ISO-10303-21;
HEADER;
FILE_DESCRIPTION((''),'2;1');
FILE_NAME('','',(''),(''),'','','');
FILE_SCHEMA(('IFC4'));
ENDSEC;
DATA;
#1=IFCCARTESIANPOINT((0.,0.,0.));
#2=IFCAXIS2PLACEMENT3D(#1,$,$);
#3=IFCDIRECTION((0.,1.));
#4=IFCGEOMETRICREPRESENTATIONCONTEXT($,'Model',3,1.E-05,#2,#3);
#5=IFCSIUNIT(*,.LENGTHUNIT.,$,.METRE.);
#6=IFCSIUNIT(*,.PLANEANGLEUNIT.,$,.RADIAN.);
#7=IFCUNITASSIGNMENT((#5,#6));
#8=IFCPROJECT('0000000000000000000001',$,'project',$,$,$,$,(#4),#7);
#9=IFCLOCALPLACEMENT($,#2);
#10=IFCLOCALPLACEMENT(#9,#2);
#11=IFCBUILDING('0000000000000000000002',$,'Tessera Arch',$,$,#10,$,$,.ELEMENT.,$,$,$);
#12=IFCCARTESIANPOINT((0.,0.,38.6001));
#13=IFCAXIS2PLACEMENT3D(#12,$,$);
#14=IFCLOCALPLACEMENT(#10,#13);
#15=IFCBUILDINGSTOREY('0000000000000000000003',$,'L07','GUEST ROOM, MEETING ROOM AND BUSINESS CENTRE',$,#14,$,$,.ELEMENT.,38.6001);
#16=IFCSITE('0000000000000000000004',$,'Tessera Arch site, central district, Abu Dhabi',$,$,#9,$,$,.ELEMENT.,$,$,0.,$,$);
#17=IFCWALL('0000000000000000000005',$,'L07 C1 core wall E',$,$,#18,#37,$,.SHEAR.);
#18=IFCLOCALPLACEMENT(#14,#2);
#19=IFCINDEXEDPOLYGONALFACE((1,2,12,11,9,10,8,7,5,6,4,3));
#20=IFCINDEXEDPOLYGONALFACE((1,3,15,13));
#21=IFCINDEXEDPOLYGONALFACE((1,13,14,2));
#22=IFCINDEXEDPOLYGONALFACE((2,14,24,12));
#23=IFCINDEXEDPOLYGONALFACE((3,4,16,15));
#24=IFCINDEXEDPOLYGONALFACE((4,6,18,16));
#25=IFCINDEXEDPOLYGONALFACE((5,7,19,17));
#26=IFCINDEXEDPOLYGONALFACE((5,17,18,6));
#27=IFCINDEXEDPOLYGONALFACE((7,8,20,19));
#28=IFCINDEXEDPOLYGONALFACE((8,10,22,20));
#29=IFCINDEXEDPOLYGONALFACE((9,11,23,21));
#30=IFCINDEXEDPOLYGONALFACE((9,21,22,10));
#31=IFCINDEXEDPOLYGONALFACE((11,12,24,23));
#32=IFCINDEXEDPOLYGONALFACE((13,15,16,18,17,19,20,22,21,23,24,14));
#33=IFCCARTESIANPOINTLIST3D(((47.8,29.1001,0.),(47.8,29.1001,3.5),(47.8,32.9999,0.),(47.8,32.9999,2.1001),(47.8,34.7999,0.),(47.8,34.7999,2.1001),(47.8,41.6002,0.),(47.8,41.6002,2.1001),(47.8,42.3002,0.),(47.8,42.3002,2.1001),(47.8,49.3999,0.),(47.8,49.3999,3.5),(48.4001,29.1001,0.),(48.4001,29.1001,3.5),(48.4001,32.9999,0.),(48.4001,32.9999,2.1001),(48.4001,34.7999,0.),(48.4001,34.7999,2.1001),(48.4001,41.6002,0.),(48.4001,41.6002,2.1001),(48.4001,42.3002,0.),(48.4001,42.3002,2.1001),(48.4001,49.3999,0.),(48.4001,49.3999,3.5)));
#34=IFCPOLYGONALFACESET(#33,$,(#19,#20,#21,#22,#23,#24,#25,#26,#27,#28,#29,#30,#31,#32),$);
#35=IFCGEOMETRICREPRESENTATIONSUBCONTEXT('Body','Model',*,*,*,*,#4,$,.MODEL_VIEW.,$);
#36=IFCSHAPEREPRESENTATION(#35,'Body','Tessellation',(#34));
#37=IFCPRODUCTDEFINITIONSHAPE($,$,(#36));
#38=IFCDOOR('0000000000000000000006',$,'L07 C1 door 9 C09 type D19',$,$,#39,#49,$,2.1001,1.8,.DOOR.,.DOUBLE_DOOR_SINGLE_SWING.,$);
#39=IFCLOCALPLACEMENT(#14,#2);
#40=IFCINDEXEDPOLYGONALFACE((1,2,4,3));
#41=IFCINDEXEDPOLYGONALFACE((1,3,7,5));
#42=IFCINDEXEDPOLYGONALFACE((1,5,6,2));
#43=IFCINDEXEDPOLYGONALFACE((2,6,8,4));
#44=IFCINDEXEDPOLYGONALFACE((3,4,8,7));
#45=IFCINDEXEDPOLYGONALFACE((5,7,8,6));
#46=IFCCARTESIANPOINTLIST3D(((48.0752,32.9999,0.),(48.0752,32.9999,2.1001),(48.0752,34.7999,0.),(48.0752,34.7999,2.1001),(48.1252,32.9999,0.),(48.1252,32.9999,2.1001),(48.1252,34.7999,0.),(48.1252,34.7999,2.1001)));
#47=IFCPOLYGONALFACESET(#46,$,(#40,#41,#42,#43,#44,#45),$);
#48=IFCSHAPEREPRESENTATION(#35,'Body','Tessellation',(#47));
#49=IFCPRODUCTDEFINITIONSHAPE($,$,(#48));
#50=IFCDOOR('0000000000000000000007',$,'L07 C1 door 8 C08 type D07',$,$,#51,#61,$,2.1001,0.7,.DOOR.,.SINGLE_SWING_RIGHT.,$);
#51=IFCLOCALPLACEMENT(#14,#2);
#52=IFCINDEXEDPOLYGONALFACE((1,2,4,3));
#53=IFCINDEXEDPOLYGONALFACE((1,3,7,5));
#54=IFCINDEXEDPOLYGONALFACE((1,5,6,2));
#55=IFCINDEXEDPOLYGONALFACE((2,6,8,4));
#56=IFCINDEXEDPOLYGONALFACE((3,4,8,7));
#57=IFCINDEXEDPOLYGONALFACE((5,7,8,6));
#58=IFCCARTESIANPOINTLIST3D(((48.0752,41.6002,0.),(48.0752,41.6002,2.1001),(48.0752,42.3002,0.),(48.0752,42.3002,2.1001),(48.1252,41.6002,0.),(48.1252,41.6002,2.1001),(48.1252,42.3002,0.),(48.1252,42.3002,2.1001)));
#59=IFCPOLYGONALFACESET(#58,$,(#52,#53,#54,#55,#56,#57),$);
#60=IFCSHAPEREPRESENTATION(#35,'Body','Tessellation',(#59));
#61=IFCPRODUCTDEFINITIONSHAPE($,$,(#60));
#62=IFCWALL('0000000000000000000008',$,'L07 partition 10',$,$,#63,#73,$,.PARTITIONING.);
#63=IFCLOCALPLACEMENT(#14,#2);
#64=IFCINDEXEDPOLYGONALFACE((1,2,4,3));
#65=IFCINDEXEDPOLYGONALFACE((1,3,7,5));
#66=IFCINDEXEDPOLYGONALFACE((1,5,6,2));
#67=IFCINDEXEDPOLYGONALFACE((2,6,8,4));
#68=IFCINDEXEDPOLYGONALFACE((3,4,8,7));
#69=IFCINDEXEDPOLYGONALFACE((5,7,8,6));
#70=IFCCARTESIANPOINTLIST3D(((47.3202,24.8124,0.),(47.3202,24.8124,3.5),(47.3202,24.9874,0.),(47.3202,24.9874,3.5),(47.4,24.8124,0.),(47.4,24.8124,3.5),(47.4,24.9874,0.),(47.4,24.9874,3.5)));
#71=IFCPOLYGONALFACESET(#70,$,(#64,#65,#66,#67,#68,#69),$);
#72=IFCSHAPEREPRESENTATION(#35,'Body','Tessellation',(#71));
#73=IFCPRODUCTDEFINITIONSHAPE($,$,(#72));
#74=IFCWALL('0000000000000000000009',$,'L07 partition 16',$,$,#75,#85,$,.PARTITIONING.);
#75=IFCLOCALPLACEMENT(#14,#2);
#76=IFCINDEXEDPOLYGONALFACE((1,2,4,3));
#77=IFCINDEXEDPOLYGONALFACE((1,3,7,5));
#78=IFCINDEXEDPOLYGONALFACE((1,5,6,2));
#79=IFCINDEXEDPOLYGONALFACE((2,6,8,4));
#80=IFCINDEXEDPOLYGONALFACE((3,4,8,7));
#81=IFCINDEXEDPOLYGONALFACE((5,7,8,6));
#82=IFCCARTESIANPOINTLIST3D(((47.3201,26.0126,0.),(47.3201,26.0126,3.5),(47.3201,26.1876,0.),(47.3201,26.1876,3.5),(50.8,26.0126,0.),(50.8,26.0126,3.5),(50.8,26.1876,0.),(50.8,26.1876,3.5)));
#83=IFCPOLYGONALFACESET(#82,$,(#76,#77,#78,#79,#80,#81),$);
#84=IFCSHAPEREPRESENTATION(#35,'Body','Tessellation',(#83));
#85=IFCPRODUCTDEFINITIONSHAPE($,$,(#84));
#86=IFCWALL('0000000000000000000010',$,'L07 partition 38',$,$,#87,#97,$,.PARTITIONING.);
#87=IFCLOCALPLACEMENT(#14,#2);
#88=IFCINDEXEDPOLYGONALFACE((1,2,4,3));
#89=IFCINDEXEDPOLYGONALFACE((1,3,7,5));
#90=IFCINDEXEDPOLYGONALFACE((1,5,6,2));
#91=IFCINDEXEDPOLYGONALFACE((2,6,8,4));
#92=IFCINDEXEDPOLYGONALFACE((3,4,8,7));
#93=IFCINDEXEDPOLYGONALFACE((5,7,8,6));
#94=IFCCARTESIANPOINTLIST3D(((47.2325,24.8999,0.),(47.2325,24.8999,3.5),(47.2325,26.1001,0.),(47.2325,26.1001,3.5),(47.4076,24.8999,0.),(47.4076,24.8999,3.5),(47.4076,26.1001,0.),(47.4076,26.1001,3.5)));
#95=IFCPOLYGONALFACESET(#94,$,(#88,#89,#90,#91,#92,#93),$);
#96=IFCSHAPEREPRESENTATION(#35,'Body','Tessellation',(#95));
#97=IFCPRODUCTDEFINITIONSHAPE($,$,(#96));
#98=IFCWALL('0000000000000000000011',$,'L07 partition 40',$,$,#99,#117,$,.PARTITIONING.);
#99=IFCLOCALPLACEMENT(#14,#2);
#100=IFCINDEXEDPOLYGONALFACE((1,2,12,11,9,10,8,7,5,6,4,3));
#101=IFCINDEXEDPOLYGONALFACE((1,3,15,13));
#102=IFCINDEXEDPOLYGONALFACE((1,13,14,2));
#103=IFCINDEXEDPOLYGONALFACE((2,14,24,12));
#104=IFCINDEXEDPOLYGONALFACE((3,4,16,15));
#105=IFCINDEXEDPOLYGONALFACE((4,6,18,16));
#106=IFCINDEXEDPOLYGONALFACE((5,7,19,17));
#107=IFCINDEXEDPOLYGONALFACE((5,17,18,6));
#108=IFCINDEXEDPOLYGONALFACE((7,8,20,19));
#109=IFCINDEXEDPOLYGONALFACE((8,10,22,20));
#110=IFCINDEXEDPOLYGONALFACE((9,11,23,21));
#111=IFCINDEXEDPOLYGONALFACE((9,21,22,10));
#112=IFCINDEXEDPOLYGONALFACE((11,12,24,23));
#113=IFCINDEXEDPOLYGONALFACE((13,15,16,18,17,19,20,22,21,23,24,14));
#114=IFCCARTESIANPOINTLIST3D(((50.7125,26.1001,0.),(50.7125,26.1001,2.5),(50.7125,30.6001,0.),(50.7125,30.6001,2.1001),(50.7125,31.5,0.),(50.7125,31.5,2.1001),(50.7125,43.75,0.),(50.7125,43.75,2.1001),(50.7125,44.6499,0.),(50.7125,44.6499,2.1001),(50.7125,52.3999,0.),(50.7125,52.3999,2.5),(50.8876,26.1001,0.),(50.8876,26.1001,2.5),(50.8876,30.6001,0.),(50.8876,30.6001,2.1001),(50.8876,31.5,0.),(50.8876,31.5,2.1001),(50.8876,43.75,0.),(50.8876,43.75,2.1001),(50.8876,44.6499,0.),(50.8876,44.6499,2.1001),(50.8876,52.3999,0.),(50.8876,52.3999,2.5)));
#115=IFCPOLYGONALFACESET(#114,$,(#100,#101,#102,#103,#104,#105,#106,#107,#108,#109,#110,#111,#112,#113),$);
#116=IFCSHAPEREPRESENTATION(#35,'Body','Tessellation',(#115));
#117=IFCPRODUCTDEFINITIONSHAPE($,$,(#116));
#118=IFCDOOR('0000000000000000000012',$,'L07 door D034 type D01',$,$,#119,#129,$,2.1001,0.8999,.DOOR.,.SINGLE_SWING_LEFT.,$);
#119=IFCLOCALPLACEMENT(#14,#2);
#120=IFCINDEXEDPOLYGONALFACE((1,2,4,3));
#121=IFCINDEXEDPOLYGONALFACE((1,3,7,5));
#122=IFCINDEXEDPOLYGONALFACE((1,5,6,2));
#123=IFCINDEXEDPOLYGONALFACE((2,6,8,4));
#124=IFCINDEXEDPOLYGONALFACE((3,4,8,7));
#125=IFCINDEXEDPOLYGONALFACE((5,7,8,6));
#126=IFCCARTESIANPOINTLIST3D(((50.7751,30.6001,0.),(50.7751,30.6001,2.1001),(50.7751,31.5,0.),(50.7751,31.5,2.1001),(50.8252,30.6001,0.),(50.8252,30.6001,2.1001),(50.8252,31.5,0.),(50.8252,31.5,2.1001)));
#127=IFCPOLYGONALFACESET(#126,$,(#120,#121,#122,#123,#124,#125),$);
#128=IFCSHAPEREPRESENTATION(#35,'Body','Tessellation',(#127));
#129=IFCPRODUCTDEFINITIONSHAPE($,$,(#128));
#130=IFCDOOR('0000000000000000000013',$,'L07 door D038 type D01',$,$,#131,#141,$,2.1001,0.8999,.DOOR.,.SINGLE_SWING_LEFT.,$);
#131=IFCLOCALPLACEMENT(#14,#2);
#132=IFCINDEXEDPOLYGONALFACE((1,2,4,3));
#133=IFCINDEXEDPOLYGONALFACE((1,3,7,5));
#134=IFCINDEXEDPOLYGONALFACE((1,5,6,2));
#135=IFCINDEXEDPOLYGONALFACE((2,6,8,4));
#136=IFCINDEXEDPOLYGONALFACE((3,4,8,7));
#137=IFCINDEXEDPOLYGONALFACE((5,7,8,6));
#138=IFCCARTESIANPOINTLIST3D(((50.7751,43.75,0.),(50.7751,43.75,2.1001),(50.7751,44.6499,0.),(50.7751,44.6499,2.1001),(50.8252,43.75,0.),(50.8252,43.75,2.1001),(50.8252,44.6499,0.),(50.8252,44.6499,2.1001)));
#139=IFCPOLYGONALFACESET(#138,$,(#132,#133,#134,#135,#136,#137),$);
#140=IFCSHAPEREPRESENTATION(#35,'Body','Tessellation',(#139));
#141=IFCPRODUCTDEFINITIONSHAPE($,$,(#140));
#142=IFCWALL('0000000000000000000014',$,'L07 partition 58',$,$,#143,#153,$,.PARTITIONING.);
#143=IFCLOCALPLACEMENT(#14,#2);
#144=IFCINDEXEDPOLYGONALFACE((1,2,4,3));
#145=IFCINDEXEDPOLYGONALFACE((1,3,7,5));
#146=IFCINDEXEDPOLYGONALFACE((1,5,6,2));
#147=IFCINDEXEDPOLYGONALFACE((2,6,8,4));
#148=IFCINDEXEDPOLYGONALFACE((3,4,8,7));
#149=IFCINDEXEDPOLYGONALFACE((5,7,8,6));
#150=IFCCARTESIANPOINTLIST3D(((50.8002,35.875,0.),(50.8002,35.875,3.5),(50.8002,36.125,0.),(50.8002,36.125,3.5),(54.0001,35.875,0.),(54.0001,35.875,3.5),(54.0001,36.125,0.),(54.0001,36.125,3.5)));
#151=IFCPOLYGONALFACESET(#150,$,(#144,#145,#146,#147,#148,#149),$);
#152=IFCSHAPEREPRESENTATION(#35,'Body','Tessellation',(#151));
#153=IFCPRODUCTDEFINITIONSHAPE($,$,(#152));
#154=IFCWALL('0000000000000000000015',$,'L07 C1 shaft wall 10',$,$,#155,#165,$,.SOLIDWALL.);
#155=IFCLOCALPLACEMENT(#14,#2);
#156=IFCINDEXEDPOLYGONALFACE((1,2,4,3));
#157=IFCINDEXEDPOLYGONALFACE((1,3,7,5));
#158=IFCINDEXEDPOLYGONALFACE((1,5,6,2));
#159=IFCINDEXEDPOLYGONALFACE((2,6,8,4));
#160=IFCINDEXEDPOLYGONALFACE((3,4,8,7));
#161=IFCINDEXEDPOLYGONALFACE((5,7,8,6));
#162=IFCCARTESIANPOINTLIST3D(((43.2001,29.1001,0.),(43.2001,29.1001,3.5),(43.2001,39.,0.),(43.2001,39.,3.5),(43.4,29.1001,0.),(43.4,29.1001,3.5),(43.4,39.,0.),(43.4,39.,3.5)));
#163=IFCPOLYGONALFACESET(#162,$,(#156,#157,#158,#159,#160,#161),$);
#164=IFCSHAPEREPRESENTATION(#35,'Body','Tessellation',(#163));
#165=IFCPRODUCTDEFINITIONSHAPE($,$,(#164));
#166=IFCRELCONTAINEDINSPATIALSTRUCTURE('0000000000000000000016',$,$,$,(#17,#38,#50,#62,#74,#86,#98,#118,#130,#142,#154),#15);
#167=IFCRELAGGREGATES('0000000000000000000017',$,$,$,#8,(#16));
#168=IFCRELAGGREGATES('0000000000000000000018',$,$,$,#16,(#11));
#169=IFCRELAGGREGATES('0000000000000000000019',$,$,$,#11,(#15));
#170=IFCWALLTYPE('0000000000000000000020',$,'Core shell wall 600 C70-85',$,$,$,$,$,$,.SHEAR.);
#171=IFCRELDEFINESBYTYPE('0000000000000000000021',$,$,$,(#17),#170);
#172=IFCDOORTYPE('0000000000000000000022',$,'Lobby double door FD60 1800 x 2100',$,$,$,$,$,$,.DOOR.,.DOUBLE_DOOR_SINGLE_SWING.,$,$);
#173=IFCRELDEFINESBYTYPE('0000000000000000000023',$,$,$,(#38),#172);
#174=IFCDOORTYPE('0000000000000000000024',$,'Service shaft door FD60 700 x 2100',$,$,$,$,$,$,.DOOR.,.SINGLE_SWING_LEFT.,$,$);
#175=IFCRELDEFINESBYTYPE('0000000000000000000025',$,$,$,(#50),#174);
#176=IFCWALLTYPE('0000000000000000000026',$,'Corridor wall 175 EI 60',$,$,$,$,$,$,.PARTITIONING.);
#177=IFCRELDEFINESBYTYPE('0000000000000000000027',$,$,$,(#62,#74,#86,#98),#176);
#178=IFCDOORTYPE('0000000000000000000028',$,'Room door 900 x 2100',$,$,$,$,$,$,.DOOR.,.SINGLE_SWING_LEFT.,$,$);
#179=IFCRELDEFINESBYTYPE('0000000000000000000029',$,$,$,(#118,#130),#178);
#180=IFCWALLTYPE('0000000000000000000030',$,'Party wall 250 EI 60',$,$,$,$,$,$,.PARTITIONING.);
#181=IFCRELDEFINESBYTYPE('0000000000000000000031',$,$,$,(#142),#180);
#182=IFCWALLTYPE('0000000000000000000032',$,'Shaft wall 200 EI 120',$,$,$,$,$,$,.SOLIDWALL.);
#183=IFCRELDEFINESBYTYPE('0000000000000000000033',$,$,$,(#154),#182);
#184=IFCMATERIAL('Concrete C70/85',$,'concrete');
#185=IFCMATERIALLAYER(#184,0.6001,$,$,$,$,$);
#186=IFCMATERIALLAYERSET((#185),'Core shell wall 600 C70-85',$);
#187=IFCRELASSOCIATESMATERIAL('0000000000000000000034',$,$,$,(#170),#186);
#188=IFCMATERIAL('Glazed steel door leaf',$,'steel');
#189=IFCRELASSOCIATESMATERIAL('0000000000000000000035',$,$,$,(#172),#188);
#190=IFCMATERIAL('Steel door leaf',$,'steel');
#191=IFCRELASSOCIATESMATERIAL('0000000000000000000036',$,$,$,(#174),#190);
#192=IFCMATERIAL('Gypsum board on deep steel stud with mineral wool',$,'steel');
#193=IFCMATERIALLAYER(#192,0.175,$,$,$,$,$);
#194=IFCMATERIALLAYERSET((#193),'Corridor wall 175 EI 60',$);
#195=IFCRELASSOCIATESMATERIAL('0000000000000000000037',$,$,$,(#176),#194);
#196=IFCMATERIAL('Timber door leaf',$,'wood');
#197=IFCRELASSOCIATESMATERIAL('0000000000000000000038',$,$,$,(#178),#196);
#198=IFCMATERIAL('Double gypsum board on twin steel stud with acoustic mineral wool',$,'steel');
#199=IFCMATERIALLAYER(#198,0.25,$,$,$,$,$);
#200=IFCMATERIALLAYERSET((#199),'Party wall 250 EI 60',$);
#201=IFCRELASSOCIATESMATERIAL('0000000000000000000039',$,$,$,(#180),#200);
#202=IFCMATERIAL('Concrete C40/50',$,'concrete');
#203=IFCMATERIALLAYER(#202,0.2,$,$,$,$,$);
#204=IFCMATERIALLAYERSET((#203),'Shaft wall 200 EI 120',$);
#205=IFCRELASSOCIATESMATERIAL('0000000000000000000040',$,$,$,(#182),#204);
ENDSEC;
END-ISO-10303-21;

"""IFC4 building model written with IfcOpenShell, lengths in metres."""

from ifc_helpers import new_model, si_unit, direction, frame, frame_2d, origin, place, context, subcontext, project, spatial, rectangle, extrude, material, layer, layer_set, type_object, element, fill, save


model = new_model("IFC4")

# Units and contexts
model_context = context("Model", 3, precision=1e-05, world=origin(), true_north=direction((0.0, 1.0)))
body_context = subcontext(model_context, "Body", "Model", "MODEL_VIEW")
ifc_project = project(units=[si_unit("LENGTHUNIT", "METRE"), si_unit("PLANEANGLEUNIT", "RADIAN")], contexts=[model_context])

# Site, building, storey
site_placement = place(None, origin())
site = spatial("IfcSite", under=ifc_project, at=site_placement, Name="Tessera Arch site, central district, Abu Dhabi", CompositionType="ELEMENT", RefElevation=0.0)
building_placement = place(site_placement, origin())
building = spatial("IfcBuilding", under=site, at=building_placement, Name="Tessera Arch", CompositionType="ELEMENT")
storey_placement = place(building_placement, frame((0.0, 0.0, 38.6001)))
storey = spatial("IfcBuildingStorey", under=building, at=storey_placement, Name="L07", Description="GUEST ROOM, MEETING ROOM AND BUSINESS CENTRE", CompositionType="ELEMENT", Elevation=38.6001)

# Wall, openings, doors
ifc_material_1 = material(Name="Concrete C70/85", Category="concrete")
ifc_layer_1 = layer(ifc_material_1, 0.6001)
ifc_layer_set_1 = layer_set([ifc_layer_1], Name="Core shell wall 600 C70-85")
wall_type_1 = type_object("IfcWallType", Name="Core shell wall 600 C70-85", PredefinedType="SHEAR", material=ifc_layer_set_1)
wall_1_placement = place(storey_placement, frame((48.1001, 29.1001, 0.0), z_axis=(0.0, 0.0, 1.0), x_axis=(0.0, 1.0, 0.0)))
wall_1 = element("IfcWall", 1, at=wall_1_placement, inside=storey, type_object=wall_type_1, Name="L07 C1 core wall E", PredefinedType="SHEAR", context=body_context, shape_type="SweptSolid", body=[
    extrude(rectangle(XDim=20.2998, YDim=0.6001, at=frame_2d((10.1499, 0.0))), origin(), (0.0, 0.0, 1.0), 3.5),
])
opening_1_placement = place(wall_1_placement, frame((12.5, 0.0, 0.0)))
opening_1 = element("IfcOpeningElement", 2, at=opening_1_placement, cuts=wall_1, PredefinedType="OPENING", context=body_context, shape_type="SweptSolid", body=[
    extrude(rectangle(XDim=0.7, YDim=2.1001, at=frame_2d((0.3501, 1.05))), frame((0.0, 0.3101, 0.0), z_axis=(0.0, -1.0, 0.0), x_axis=(1.0, 0.0, 0.0)), (0.0, 0.0, 1.0), 0.6201),
])
opening_2_placement = place(wall_1_placement, frame((3.8999, 0.0, 0.0)))
opening_2 = element("IfcOpeningElement", 3, at=opening_2_placement, cuts=wall_1, PredefinedType="OPENING", context=body_context, shape_type="SweptSolid", body=[
    extrude(rectangle(XDim=1.8, YDim=2.1001, at=frame_2d((0.8999, 1.05))), frame((0.0, 0.3101, 0.0), z_axis=(0.0, -1.0, 0.0), x_axis=(1.0, 0.0, 0.0)), (0.0, 0.0, 1.0), 0.6201),
])
ifc_material_2 = material(Name="Glazed steel door leaf", Category="steel")
door_type_1 = type_object("IfcDoorType", Name="Lobby double door FD60 1800 x 2100", OperationType="DOUBLE_DOOR_SINGLE_SWING", PredefinedType="DOOR", material=ifc_material_2)
door_1_placement = place(opening_2_placement, origin())
door_1 = element("IfcDoor", 4, at=door_1_placement, inside=storey, type_object=door_type_1, Name="L07 C1 door 9 C09 type D19", OperationType="DOUBLE_DOOR_SINGLE_SWING", OverallHeight=2.1001, OverallWidth=1.8, PredefinedType="DOOR", context=body_context, shape_type="SweptSolid", body=[
    extrude(rectangle(XDim=1.8, YDim=2.1001, at=frame_2d((0.8999, 1.05))), frame((0.0, 0.0249, 0.0), z_axis=(0.0, -1.0, 0.0), x_axis=(1.0, 0.0, 0.0)), (0.0, 0.0, 1.0), 0.05),
])
fill(opening_2, door_1)
ifc_material_3 = material(Name="Steel door leaf", Category="steel")
door_type_2 = type_object("IfcDoorType", Name="Service shaft door FD60 700 x 2100", OperationType="SINGLE_SWING_LEFT", PredefinedType="DOOR", material=ifc_material_3)
door_2_placement = place(opening_1_placement, origin())
door_2 = element("IfcDoor", 5, at=door_2_placement, inside=storey, type_object=door_type_2, Name="L07 C1 door 8 C08 type D07", OperationType="SINGLE_SWING_RIGHT", OverallHeight=2.1001, OverallWidth=0.7, PredefinedType="DOOR", context=body_context, shape_type="SweptSolid", body=[
    extrude(rectangle(XDim=0.7, YDim=2.1001, at=frame_2d((0.3501, 1.05))), frame((0.0, 0.0249, 0.0), z_axis=(0.0, -1.0, 0.0), x_axis=(1.0, 0.0, 0.0)), (0.0, 0.0, 1.0), 0.05),
])
fill(opening_1, door_2)

# Walls
ifc_material_4 = material(Name="Gypsum board on deep steel stud with mineral wool", Category="steel")
ifc_layer_2 = layer(ifc_material_4, 0.175)
ifc_layer_set_2 = layer_set([ifc_layer_2], Name="Corridor wall 175 EI 60")
wall_type_2 = type_object("IfcWallType", Name="Corridor wall 175 EI 60", PredefinedType="PARTITIONING", material=ifc_layer_set_2)
wall_2_placement = place(storey_placement, frame((47.3201, 24.8999, 0.0), z_axis=(0.0, 0.0, 1.0), x_axis=(1.0, 0.0, 0.0)))
element("IfcWall", 6, at=wall_2_placement, inside=storey, type_object=wall_type_2, Name="L07 partition 10", PredefinedType="PARTITIONING", context=body_context, shape_type="SweptSolid", body=[
    extrude(rectangle(XDim=0.0798, YDim=0.175, at=frame_2d((0.04, 0.0))), origin(), (0.0, 0.0, 1.0), 3.5),
])
wall_3_placement = place(storey_placement, frame((47.3201, 26.1001, 0.0), z_axis=(0.0, 0.0, 1.0), x_axis=(1.0, 0.0, 0.0)))
element("IfcWall", 7, at=wall_3_placement, inside=storey, type_object=wall_type_2, Name="L07 partition 16", PredefinedType="PARTITIONING", context=body_context, shape_type="SweptSolid", body=[
    extrude(rectangle(XDim=3.48, YDim=0.175, at=frame_2d((1.74, 0.0))), origin(), (0.0, 0.0, 1.0), 3.5),
])
wall_4_placement = place(storey_placement, frame((47.3201, 24.8999, 0.0), z_axis=(0.0, 0.0, 1.0), x_axis=(0.0, 1.0, 0.0)))
element("IfcWall", 8, at=wall_4_placement, inside=storey, type_object=wall_type_2, Name="L07 partition 38", PredefinedType="PARTITIONING", context=body_context, shape_type="SweptSolid", body=[
    extrude(rectangle(XDim=1.2002, YDim=0.175, at=frame_2d((0.6001, 0.0))), origin(), (0.0, 0.0, 1.0), 3.5),
])

# Wall, openings, doors
wall_5_placement = place(storey_placement, frame((50.8, 26.1001, 0.0), z_axis=(0.0, 0.0, 1.0), x_axis=(0.0, 1.0, 0.0)))
wall_5 = element("IfcWall", 9, at=wall_5_placement, inside=storey, type_object=wall_type_2, Name="L07 partition 40", PredefinedType="PARTITIONING", context=body_context, shape_type="SweptSolid", body=[
    extrude(rectangle(XDim=26.2998, YDim=0.175, at=frame_2d((13.1499, 0.0))), origin(), (0.0, 0.0, 1.0), 2.5),
])
opening_3_placement = place(wall_5_placement, frame((4.5, 0.0, 0.0)))
opening_3 = element("IfcOpeningElement", 10, at=opening_3_placement, cuts=wall_5, PredefinedType="OPENING", context=body_context, shape_type="SweptSolid", body=[
    extrude(rectangle(XDim=0.8999, YDim=2.1001, at=frame_2d((0.45, 1.05))), frame((0.0, 0.0974, 0.0), z_axis=(0.0, -1.0, 0.0), x_axis=(1.0, 0.0, 0.0)), (0.0, 0.0, 1.0), 0.1951),
])
opening_4_placement = place(wall_5_placement, frame((17.6499, 0.0, 0.0)))
opening_4 = element("IfcOpeningElement", 11, at=opening_4_placement, cuts=wall_5, PredefinedType="OPENING", context=body_context, shape_type="SweptSolid", body=[
    extrude(rectangle(XDim=0.8999, YDim=2.1001, at=frame_2d((0.45, 1.05))), frame((0.0, 0.0974, 0.0), z_axis=(0.0, -1.0, 0.0), x_axis=(1.0, 0.0, 0.0)), (0.0, 0.0, 1.0), 0.1951),
])
ifc_material_5 = material(Name="Timber door leaf", Category="wood")
door_type_3 = type_object("IfcDoorType", Name="Room door 900 x 2100", OperationType="SINGLE_SWING_LEFT", PredefinedType="DOOR", material=ifc_material_5)
door_3_placement = place(opening_3_placement, origin())
door_3 = element("IfcDoor", 12, at=door_3_placement, inside=storey, type_object=door_type_3, Name="L07 door D034 type D01", OperationType="SINGLE_SWING_LEFT", OverallHeight=2.1001, OverallWidth=0.8999, PredefinedType="DOOR", context=body_context, shape_type="SweptSolid", body=[
    extrude(rectangle(XDim=0.8999, YDim=2.1001, at=frame_2d((0.45, 1.05))), frame((0.0, 0.0249, 0.0), z_axis=(0.0, -1.0, 0.0), x_axis=(1.0, 0.0, 0.0)), (0.0, 0.0, 1.0), 0.05),
])
fill(opening_3, door_3)
door_4_placement = place(opening_4_placement, origin())
door_4 = element("IfcDoor", 13, at=door_4_placement, inside=storey, type_object=door_type_3, Name="L07 door D038 type D01", OperationType="SINGLE_SWING_LEFT", OverallHeight=2.1001, OverallWidth=0.8999, PredefinedType="DOOR", context=body_context, shape_type="SweptSolid", body=[
    extrude(rectangle(XDim=0.8999, YDim=2.1001, at=frame_2d((0.45, 1.05))), frame((0.0, 0.0249, 0.0), z_axis=(0.0, -1.0, 0.0), x_axis=(1.0, 0.0, 0.0)), (0.0, 0.0, 1.0), 0.05),
])
fill(opening_4, door_4)

# Walls
ifc_material_6 = material(Name="Double gypsum board on twin steel stud with acoustic mineral wool", Category="steel")
ifc_layer_3 = layer(ifc_material_6, 0.25)
ifc_layer_set_3 = layer_set([ifc_layer_3], Name="Party wall 250 EI 60")
wall_type_3 = type_object("IfcWallType", Name="Party wall 250 EI 60", PredefinedType="PARTITIONING", material=ifc_layer_set_3)
wall_6_placement = place(storey_placement, frame((50.8, 36.0, 0.0), z_axis=(0.0, 0.0, 1.0), x_axis=(1.0, 0.0, 0.0)))
element("IfcWall", 14, at=wall_6_placement, inside=storey, type_object=wall_type_3, Name="L07 partition 58", PredefinedType="PARTITIONING", context=body_context, shape_type="SweptSolid", body=[
    extrude(rectangle(XDim=3.2, YDim=0.25, at=frame_2d((1.6001, 0.0))), origin(), (0.0, 0.0, 1.0), 3.5),
])
ifc_material_7 = material(Name="Concrete C40/50", Category="concrete")
ifc_layer_4 = layer(ifc_material_7, 0.2)
ifc_layer_set_4 = layer_set([ifc_layer_4], Name="Shaft wall 200 EI 120")
wall_type_4 = type_object("IfcWallType", Name="Shaft wall 200 EI 120", PredefinedType="SOLIDWALL", material=ifc_layer_set_4)
wall_7_placement = place(storey_placement, frame((43.3, 29.1001, 0.0), z_axis=(0.0, 0.0, 1.0), x_axis=(0.0, 1.0, 0.0)))
element("IfcWall", 15, at=wall_7_placement, inside=storey, type_object=wall_type_4, Name="L07 C1 shaft wall 10", PredefinedType="SOLIDWALL", context=body_context, shape_type="SweptSolid", body=[
    extrude(rectangle(XDim=9.8999, YDim=0.2, at=frame_2d((4.95, 0.0))), origin(), (0.0, 0.0, 1.0), 3.5),
])

save(model, "model.ifc")
